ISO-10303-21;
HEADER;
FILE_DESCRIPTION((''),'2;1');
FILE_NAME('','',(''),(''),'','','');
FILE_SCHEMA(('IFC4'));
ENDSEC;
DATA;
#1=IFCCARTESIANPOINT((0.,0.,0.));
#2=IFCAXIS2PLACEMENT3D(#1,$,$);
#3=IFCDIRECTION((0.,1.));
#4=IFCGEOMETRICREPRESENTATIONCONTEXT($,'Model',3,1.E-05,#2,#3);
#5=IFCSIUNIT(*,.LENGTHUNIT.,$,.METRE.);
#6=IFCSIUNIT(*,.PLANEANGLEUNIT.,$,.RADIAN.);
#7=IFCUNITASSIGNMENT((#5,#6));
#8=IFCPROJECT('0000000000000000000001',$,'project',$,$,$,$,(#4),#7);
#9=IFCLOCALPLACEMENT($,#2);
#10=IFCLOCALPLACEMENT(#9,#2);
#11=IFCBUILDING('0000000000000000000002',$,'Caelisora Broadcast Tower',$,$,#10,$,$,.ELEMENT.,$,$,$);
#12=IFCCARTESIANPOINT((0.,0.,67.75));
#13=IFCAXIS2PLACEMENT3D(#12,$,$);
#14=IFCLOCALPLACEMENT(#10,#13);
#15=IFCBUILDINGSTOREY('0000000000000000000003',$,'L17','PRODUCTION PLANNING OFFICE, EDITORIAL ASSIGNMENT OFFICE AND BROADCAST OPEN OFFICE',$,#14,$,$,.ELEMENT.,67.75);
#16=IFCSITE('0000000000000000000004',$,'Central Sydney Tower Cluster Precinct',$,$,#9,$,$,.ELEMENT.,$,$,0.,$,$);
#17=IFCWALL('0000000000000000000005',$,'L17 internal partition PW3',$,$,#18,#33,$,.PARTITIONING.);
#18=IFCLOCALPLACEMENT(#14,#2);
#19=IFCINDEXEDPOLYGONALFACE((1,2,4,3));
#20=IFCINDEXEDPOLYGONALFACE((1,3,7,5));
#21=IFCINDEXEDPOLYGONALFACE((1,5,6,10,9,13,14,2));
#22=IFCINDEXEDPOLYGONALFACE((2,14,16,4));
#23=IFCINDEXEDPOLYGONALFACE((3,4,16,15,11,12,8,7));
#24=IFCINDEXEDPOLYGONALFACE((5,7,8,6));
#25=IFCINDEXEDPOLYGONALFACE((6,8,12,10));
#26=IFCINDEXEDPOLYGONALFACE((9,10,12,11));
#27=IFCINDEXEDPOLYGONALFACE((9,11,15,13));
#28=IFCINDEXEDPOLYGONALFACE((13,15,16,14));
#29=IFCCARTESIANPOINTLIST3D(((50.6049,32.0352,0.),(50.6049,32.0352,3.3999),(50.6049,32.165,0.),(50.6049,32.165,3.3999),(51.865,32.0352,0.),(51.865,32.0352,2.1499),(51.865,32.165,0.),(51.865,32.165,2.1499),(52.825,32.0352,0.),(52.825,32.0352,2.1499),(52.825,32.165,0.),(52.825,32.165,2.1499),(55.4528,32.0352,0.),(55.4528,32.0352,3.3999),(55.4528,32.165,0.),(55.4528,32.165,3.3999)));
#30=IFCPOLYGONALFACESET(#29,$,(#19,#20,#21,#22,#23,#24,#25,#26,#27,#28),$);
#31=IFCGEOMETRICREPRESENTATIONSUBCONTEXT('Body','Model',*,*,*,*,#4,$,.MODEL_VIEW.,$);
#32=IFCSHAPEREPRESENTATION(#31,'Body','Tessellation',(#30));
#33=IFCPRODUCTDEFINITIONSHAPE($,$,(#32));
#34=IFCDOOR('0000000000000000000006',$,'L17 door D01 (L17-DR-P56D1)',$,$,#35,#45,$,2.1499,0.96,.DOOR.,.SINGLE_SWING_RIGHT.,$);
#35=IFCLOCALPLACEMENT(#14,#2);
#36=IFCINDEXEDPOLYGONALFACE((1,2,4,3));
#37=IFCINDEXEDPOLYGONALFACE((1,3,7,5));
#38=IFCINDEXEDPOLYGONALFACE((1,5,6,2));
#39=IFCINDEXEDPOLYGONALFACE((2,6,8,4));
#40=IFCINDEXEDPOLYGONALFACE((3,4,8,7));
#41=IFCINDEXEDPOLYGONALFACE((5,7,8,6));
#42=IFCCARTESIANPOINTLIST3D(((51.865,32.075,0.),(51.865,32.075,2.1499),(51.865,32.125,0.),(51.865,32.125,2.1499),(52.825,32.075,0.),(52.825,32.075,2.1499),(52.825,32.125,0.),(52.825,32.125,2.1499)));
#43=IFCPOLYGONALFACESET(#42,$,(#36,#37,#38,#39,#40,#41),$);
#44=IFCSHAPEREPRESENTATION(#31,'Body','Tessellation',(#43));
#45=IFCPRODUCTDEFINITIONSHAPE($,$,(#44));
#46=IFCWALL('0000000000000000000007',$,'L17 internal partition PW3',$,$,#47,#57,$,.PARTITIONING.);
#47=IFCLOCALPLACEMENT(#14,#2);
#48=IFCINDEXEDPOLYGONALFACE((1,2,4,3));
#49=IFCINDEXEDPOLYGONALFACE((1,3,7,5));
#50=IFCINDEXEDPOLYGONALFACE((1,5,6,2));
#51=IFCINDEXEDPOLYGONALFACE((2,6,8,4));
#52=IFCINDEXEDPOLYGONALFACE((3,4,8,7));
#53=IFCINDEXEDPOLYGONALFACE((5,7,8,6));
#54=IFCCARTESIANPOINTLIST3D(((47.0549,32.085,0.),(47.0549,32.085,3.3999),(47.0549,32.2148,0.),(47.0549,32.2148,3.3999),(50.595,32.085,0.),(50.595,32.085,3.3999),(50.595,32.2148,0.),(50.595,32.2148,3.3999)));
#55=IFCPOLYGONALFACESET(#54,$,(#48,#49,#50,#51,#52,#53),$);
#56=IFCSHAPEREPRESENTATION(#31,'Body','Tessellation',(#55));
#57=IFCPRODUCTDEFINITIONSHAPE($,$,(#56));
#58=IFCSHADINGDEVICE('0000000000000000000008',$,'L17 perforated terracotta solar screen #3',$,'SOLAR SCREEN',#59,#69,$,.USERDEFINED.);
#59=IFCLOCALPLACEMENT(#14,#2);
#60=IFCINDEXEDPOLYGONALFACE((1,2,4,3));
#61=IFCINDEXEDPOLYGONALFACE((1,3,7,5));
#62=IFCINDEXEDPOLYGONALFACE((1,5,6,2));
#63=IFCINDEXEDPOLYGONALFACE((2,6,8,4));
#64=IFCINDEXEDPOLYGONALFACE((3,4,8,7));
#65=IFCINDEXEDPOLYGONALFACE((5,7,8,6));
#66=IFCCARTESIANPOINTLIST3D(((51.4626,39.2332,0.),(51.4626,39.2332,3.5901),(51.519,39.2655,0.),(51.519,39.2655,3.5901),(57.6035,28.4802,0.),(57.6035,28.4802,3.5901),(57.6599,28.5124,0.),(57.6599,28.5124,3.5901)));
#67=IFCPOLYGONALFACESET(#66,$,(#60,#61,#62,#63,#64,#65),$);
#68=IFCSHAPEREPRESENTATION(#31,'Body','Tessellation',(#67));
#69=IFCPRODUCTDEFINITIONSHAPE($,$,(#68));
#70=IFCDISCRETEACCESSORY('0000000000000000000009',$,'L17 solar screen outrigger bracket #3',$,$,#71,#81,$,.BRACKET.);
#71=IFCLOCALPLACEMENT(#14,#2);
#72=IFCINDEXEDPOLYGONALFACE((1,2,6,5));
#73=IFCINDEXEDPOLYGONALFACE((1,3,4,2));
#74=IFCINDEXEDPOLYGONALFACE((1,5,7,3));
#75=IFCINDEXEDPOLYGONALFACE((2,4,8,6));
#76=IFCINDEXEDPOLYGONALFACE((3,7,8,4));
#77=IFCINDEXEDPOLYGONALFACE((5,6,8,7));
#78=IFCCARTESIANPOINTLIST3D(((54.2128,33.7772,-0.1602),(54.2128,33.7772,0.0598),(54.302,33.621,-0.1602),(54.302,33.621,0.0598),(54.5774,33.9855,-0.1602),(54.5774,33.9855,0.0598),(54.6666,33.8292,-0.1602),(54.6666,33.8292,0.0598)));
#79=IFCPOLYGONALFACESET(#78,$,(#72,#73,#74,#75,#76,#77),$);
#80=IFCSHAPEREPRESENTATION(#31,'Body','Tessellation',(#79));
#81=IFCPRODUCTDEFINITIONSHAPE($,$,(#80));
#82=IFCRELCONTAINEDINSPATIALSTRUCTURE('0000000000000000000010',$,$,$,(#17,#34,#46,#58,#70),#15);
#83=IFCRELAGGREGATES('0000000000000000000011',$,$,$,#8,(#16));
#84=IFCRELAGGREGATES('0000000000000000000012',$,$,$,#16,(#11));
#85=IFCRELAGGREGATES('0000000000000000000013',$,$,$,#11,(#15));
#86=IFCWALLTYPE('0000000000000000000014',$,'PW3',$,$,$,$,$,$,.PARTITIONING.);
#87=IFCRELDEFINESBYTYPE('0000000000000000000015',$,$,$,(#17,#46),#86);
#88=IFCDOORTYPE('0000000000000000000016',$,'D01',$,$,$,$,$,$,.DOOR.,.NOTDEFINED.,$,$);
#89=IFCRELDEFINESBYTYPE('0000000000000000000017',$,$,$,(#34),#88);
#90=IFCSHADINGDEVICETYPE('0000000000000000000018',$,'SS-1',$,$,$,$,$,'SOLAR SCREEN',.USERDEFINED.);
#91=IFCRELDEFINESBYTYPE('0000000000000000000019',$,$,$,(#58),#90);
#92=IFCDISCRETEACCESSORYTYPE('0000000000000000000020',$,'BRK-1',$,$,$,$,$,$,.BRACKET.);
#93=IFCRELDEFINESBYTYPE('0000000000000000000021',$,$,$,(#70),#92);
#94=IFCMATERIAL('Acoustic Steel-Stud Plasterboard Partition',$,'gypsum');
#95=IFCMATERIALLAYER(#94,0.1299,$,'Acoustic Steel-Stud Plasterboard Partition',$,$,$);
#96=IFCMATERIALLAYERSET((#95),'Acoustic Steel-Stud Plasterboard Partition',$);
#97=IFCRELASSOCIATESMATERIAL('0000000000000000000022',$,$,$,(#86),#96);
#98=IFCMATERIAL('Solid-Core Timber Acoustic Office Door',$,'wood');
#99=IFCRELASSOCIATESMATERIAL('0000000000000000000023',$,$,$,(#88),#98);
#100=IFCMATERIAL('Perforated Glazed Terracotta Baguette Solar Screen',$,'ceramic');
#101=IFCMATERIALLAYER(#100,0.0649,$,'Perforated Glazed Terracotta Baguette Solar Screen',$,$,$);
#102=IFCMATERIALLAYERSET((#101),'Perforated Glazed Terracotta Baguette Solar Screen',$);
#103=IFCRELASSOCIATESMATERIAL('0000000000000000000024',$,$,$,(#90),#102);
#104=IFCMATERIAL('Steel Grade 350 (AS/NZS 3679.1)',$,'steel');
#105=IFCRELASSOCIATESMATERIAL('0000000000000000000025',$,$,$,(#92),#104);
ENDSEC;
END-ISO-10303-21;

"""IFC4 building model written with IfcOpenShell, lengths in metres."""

from ifc_helpers import new_model, si_unit, direction, frame, frame_2d, origin, origin_2d, place, context, subcontext, project, spatial, rectangle, extrude, source, transform, mapped, material, layer, layer_set, type_object, type_shapes, element, fill, save


model = new_model("IFC4")

# Units and contexts
model_context = context("Model", 3, precision=1e-05, world=origin(), true_north=direction((0.0, 1.0)))
body_context = subcontext(model_context, "Body", "Model", "MODEL_VIEW")
ifc_project = project(units=[si_unit("LENGTHUNIT", "METRE"), si_unit("PLANEANGLEUNIT", "RADIAN")], contexts=[model_context])

# Site, building, storey
site_placement = place(None, origin())
site = spatial("IfcSite", under=ifc_project, at=site_placement, Name="Central Sydney Tower Cluster Precinct", CompositionType="ELEMENT", RefElevation=0.0)
building_placement = place(site_placement, origin())
building = spatial("IfcBuilding", under=site, at=building_placement, Name="Caelisora Broadcast Tower", CompositionType="ELEMENT")
storey_placement = place(building_placement, frame((0.0, 0.0, 67.75)))
storey = spatial("IfcBuildingStorey", under=building, at=storey_placement, Name="L17", Description="PRODUCTION PLANNING OFFICE, EDITORIAL ASSIGNMENT OFFICE AND BROADCAST OPEN OFFICE", CompositionType="ELEMENT", Elevation=67.75)

# Shared definitions
ifc_material_1 = material(Name="Steel Grade 350 (AS/NZS 3679.1)", Category="steel")

# Shared definitions
ifc_material_2 = material(Name="Acoustic Steel-Stud Plasterboard Partition", Category="gypsum")
ifc_layer_1 = layer(ifc_material_2, 0.1299, Name="Acoustic Steel-Stud Plasterboard Partition")
ifc_layer_set_1 = layer_set([ifc_layer_1], Name="Acoustic Steel-Stud Plasterboard Partition")
wall_type_1 = type_object("IfcWallType", Name="PW3", PredefinedType="PARTITIONING", material=ifc_layer_set_1)
ifc_material_3 = material(Name="Solid-Core Timber Acoustic Office Door", Category="wood")
door_type_1 = type_object("IfcDoorType", Name="D01", OperationType="NOTDEFINED", PredefinedType="DOOR", material=ifc_material_3)

# Wall, opening, door
wall_1_placement = place(storey_placement, frame((50.605, 32.1001, 0.0), z_axis=(0.0, 0.0, 1.0), x_axis=(1.0, 0.0, 0.0)))
wall_1 = element("IfcWall", 1, at=wall_1_placement, inside=storey, type_object=wall_type_1, Name="L17 internal partition PW3", PredefinedType="PARTITIONING", context=body_context, shape_type="SweptSolid", body=[
    extrude(rectangle(XDim=4.8479, YDim=0.1299, at=frame_2d((2.4238, 0.0))), origin(), (0.0, 0.0, 1.0), 3.3999),
])
opening_1_placement = place(wall_1_placement, frame((1.26, 0.0, 0.0)))
opening_1 = element("IfcOpeningElement", 2, at=opening_1_placement, cuts=wall_1, PredefinedType="OPENING", context=body_context, shape_type="SweptSolid", body=[
    extrude(rectangle(XDim=0.96, YDim=2.1499, at=frame_2d((0.48, 1.075))), frame((0.0, 0.0769, 0.0), z_axis=(0.0, -1.0, 0.0), x_axis=(1.0, 0.0, 0.0)), (0.0, 0.0, 1.0), 0.1538),
])
door_1_placement = place(opening_1_placement, origin())
door_1 = element("IfcDoor", 3, at=door_1_placement, inside=storey, type_object=door_type_1, Name="L17 door D01 (L17-DR-P56D1)", OperationType="SINGLE_SWING_RIGHT", OverallHeight=2.1499, OverallWidth=0.96, PredefinedType="DOOR", context=body_context, shape_type="SweptSolid", body=[
    extrude(rectangle(XDim=0.96, YDim=2.1499, at=frame_2d((0.48, 1.075))), frame((0.0, 0.0249, 0.0), z_axis=(0.0, -1.0, 0.0), x_axis=(1.0, 0.0, 0.0)), (0.0, 0.0, 1.0), 0.05),
])
fill(opening_1, door_1)

# Wall
wall_2_placement = place(storey_placement, frame((47.0549, 32.1499, 0.0), z_axis=(0.0, 0.0, 1.0), x_axis=(1.0, 0.0, 0.0)))
element("IfcWall", 4, at=wall_2_placement, inside=storey, type_object=wall_type_1, Name="L17 internal partition PW3", PredefinedType="PARTITIONING", context=body_context, shape_type="SweptSolid", body=[
    extrude(rectangle(XDim=3.54, YDim=0.1299, at=frame_2d((1.77, 0.0))), origin(), (0.0, 0.0, 1.0), 3.3999),
])

# Shading device
ifc_material_4 = material(Name="Perforated Glazed Terracotta Baguette Solar Screen", Category="ceramic")
ifc_layer_2 = layer(ifc_material_4, 0.0649, Name="Perforated Glazed Terracotta Baguette Solar Screen")
ifc_layer_set_2 = layer_set([ifc_layer_2], Name="Perforated Glazed Terracotta Baguette Solar Screen")
shading_device_type = type_object("IfcShadingDeviceType", Name="SS-1", ElementType="SOLAR SCREEN", PredefinedType="USERDEFINED", material=ifc_layer_set_2)
shared_shape_1 = source(origin(), body_context, "Body", "SweptSolid", [
    extrude(rectangle(XDim=12.3831, YDim=0.0649, at=origin_2d()), origin(), (0.0, 0.0, 1.0), 3.5901),
])
type_shapes(shading_device_type, [shared_shape_1])
shading_device_placement = place(storey_placement, frame((54.5613, 33.8728, 0.0), z_axis=(0.0, 0.0, 1.0), x_axis=(-0.495913, 0.868372, 0.0)))
element("IfcShadingDevice", 5, at=shading_device_placement, inside=storey, type_object=shading_device_type, Name="L17 perforated terracotta solar screen #3", ObjectType="SOLAR SCREEN", PredefinedType="USERDEFINED", context=body_context, shape_type="MappedRepresentation", body=[
    mapped(shared_shape_1, transform((0.0, 0.0, 0.0), scale=1.0)),
])

# Discrete accessory
discrete_accessory_type = type_object("IfcDiscreteAccessoryType", Name="BRK-1", PredefinedType="BRACKET", material=ifc_material_1)
shared_shape_2 = source(origin(), body_context, "Body", "SweptSolid", [
    extrude(rectangle(XDim=0.1799, YDim=0.4199, at=origin_2d()), origin(), (0.0, 0.0, 1.0), 0.22),
])
type_shapes(discrete_accessory_type, [shared_shape_2])
discrete_accessory_placement = place(storey_placement, frame((54.4397, 33.8032, -0.1602), z_axis=(0.0, 0.0, 1.0), x_axis=(-0.495913, 0.868372, 0.0)))
element("IfcDiscreteAccessory", 6, at=discrete_accessory_placement, inside=storey, type_object=discrete_accessory_type, Name="L17 solar screen outrigger bracket #3", PredefinedType="BRACKET", context=body_context, shape_type="MappedRepresentation", body=[
    mapped(shared_shape_2, transform((0.0, 0.0, 0.0), scale=1.0)),
])

save(model, "model.ifc")
